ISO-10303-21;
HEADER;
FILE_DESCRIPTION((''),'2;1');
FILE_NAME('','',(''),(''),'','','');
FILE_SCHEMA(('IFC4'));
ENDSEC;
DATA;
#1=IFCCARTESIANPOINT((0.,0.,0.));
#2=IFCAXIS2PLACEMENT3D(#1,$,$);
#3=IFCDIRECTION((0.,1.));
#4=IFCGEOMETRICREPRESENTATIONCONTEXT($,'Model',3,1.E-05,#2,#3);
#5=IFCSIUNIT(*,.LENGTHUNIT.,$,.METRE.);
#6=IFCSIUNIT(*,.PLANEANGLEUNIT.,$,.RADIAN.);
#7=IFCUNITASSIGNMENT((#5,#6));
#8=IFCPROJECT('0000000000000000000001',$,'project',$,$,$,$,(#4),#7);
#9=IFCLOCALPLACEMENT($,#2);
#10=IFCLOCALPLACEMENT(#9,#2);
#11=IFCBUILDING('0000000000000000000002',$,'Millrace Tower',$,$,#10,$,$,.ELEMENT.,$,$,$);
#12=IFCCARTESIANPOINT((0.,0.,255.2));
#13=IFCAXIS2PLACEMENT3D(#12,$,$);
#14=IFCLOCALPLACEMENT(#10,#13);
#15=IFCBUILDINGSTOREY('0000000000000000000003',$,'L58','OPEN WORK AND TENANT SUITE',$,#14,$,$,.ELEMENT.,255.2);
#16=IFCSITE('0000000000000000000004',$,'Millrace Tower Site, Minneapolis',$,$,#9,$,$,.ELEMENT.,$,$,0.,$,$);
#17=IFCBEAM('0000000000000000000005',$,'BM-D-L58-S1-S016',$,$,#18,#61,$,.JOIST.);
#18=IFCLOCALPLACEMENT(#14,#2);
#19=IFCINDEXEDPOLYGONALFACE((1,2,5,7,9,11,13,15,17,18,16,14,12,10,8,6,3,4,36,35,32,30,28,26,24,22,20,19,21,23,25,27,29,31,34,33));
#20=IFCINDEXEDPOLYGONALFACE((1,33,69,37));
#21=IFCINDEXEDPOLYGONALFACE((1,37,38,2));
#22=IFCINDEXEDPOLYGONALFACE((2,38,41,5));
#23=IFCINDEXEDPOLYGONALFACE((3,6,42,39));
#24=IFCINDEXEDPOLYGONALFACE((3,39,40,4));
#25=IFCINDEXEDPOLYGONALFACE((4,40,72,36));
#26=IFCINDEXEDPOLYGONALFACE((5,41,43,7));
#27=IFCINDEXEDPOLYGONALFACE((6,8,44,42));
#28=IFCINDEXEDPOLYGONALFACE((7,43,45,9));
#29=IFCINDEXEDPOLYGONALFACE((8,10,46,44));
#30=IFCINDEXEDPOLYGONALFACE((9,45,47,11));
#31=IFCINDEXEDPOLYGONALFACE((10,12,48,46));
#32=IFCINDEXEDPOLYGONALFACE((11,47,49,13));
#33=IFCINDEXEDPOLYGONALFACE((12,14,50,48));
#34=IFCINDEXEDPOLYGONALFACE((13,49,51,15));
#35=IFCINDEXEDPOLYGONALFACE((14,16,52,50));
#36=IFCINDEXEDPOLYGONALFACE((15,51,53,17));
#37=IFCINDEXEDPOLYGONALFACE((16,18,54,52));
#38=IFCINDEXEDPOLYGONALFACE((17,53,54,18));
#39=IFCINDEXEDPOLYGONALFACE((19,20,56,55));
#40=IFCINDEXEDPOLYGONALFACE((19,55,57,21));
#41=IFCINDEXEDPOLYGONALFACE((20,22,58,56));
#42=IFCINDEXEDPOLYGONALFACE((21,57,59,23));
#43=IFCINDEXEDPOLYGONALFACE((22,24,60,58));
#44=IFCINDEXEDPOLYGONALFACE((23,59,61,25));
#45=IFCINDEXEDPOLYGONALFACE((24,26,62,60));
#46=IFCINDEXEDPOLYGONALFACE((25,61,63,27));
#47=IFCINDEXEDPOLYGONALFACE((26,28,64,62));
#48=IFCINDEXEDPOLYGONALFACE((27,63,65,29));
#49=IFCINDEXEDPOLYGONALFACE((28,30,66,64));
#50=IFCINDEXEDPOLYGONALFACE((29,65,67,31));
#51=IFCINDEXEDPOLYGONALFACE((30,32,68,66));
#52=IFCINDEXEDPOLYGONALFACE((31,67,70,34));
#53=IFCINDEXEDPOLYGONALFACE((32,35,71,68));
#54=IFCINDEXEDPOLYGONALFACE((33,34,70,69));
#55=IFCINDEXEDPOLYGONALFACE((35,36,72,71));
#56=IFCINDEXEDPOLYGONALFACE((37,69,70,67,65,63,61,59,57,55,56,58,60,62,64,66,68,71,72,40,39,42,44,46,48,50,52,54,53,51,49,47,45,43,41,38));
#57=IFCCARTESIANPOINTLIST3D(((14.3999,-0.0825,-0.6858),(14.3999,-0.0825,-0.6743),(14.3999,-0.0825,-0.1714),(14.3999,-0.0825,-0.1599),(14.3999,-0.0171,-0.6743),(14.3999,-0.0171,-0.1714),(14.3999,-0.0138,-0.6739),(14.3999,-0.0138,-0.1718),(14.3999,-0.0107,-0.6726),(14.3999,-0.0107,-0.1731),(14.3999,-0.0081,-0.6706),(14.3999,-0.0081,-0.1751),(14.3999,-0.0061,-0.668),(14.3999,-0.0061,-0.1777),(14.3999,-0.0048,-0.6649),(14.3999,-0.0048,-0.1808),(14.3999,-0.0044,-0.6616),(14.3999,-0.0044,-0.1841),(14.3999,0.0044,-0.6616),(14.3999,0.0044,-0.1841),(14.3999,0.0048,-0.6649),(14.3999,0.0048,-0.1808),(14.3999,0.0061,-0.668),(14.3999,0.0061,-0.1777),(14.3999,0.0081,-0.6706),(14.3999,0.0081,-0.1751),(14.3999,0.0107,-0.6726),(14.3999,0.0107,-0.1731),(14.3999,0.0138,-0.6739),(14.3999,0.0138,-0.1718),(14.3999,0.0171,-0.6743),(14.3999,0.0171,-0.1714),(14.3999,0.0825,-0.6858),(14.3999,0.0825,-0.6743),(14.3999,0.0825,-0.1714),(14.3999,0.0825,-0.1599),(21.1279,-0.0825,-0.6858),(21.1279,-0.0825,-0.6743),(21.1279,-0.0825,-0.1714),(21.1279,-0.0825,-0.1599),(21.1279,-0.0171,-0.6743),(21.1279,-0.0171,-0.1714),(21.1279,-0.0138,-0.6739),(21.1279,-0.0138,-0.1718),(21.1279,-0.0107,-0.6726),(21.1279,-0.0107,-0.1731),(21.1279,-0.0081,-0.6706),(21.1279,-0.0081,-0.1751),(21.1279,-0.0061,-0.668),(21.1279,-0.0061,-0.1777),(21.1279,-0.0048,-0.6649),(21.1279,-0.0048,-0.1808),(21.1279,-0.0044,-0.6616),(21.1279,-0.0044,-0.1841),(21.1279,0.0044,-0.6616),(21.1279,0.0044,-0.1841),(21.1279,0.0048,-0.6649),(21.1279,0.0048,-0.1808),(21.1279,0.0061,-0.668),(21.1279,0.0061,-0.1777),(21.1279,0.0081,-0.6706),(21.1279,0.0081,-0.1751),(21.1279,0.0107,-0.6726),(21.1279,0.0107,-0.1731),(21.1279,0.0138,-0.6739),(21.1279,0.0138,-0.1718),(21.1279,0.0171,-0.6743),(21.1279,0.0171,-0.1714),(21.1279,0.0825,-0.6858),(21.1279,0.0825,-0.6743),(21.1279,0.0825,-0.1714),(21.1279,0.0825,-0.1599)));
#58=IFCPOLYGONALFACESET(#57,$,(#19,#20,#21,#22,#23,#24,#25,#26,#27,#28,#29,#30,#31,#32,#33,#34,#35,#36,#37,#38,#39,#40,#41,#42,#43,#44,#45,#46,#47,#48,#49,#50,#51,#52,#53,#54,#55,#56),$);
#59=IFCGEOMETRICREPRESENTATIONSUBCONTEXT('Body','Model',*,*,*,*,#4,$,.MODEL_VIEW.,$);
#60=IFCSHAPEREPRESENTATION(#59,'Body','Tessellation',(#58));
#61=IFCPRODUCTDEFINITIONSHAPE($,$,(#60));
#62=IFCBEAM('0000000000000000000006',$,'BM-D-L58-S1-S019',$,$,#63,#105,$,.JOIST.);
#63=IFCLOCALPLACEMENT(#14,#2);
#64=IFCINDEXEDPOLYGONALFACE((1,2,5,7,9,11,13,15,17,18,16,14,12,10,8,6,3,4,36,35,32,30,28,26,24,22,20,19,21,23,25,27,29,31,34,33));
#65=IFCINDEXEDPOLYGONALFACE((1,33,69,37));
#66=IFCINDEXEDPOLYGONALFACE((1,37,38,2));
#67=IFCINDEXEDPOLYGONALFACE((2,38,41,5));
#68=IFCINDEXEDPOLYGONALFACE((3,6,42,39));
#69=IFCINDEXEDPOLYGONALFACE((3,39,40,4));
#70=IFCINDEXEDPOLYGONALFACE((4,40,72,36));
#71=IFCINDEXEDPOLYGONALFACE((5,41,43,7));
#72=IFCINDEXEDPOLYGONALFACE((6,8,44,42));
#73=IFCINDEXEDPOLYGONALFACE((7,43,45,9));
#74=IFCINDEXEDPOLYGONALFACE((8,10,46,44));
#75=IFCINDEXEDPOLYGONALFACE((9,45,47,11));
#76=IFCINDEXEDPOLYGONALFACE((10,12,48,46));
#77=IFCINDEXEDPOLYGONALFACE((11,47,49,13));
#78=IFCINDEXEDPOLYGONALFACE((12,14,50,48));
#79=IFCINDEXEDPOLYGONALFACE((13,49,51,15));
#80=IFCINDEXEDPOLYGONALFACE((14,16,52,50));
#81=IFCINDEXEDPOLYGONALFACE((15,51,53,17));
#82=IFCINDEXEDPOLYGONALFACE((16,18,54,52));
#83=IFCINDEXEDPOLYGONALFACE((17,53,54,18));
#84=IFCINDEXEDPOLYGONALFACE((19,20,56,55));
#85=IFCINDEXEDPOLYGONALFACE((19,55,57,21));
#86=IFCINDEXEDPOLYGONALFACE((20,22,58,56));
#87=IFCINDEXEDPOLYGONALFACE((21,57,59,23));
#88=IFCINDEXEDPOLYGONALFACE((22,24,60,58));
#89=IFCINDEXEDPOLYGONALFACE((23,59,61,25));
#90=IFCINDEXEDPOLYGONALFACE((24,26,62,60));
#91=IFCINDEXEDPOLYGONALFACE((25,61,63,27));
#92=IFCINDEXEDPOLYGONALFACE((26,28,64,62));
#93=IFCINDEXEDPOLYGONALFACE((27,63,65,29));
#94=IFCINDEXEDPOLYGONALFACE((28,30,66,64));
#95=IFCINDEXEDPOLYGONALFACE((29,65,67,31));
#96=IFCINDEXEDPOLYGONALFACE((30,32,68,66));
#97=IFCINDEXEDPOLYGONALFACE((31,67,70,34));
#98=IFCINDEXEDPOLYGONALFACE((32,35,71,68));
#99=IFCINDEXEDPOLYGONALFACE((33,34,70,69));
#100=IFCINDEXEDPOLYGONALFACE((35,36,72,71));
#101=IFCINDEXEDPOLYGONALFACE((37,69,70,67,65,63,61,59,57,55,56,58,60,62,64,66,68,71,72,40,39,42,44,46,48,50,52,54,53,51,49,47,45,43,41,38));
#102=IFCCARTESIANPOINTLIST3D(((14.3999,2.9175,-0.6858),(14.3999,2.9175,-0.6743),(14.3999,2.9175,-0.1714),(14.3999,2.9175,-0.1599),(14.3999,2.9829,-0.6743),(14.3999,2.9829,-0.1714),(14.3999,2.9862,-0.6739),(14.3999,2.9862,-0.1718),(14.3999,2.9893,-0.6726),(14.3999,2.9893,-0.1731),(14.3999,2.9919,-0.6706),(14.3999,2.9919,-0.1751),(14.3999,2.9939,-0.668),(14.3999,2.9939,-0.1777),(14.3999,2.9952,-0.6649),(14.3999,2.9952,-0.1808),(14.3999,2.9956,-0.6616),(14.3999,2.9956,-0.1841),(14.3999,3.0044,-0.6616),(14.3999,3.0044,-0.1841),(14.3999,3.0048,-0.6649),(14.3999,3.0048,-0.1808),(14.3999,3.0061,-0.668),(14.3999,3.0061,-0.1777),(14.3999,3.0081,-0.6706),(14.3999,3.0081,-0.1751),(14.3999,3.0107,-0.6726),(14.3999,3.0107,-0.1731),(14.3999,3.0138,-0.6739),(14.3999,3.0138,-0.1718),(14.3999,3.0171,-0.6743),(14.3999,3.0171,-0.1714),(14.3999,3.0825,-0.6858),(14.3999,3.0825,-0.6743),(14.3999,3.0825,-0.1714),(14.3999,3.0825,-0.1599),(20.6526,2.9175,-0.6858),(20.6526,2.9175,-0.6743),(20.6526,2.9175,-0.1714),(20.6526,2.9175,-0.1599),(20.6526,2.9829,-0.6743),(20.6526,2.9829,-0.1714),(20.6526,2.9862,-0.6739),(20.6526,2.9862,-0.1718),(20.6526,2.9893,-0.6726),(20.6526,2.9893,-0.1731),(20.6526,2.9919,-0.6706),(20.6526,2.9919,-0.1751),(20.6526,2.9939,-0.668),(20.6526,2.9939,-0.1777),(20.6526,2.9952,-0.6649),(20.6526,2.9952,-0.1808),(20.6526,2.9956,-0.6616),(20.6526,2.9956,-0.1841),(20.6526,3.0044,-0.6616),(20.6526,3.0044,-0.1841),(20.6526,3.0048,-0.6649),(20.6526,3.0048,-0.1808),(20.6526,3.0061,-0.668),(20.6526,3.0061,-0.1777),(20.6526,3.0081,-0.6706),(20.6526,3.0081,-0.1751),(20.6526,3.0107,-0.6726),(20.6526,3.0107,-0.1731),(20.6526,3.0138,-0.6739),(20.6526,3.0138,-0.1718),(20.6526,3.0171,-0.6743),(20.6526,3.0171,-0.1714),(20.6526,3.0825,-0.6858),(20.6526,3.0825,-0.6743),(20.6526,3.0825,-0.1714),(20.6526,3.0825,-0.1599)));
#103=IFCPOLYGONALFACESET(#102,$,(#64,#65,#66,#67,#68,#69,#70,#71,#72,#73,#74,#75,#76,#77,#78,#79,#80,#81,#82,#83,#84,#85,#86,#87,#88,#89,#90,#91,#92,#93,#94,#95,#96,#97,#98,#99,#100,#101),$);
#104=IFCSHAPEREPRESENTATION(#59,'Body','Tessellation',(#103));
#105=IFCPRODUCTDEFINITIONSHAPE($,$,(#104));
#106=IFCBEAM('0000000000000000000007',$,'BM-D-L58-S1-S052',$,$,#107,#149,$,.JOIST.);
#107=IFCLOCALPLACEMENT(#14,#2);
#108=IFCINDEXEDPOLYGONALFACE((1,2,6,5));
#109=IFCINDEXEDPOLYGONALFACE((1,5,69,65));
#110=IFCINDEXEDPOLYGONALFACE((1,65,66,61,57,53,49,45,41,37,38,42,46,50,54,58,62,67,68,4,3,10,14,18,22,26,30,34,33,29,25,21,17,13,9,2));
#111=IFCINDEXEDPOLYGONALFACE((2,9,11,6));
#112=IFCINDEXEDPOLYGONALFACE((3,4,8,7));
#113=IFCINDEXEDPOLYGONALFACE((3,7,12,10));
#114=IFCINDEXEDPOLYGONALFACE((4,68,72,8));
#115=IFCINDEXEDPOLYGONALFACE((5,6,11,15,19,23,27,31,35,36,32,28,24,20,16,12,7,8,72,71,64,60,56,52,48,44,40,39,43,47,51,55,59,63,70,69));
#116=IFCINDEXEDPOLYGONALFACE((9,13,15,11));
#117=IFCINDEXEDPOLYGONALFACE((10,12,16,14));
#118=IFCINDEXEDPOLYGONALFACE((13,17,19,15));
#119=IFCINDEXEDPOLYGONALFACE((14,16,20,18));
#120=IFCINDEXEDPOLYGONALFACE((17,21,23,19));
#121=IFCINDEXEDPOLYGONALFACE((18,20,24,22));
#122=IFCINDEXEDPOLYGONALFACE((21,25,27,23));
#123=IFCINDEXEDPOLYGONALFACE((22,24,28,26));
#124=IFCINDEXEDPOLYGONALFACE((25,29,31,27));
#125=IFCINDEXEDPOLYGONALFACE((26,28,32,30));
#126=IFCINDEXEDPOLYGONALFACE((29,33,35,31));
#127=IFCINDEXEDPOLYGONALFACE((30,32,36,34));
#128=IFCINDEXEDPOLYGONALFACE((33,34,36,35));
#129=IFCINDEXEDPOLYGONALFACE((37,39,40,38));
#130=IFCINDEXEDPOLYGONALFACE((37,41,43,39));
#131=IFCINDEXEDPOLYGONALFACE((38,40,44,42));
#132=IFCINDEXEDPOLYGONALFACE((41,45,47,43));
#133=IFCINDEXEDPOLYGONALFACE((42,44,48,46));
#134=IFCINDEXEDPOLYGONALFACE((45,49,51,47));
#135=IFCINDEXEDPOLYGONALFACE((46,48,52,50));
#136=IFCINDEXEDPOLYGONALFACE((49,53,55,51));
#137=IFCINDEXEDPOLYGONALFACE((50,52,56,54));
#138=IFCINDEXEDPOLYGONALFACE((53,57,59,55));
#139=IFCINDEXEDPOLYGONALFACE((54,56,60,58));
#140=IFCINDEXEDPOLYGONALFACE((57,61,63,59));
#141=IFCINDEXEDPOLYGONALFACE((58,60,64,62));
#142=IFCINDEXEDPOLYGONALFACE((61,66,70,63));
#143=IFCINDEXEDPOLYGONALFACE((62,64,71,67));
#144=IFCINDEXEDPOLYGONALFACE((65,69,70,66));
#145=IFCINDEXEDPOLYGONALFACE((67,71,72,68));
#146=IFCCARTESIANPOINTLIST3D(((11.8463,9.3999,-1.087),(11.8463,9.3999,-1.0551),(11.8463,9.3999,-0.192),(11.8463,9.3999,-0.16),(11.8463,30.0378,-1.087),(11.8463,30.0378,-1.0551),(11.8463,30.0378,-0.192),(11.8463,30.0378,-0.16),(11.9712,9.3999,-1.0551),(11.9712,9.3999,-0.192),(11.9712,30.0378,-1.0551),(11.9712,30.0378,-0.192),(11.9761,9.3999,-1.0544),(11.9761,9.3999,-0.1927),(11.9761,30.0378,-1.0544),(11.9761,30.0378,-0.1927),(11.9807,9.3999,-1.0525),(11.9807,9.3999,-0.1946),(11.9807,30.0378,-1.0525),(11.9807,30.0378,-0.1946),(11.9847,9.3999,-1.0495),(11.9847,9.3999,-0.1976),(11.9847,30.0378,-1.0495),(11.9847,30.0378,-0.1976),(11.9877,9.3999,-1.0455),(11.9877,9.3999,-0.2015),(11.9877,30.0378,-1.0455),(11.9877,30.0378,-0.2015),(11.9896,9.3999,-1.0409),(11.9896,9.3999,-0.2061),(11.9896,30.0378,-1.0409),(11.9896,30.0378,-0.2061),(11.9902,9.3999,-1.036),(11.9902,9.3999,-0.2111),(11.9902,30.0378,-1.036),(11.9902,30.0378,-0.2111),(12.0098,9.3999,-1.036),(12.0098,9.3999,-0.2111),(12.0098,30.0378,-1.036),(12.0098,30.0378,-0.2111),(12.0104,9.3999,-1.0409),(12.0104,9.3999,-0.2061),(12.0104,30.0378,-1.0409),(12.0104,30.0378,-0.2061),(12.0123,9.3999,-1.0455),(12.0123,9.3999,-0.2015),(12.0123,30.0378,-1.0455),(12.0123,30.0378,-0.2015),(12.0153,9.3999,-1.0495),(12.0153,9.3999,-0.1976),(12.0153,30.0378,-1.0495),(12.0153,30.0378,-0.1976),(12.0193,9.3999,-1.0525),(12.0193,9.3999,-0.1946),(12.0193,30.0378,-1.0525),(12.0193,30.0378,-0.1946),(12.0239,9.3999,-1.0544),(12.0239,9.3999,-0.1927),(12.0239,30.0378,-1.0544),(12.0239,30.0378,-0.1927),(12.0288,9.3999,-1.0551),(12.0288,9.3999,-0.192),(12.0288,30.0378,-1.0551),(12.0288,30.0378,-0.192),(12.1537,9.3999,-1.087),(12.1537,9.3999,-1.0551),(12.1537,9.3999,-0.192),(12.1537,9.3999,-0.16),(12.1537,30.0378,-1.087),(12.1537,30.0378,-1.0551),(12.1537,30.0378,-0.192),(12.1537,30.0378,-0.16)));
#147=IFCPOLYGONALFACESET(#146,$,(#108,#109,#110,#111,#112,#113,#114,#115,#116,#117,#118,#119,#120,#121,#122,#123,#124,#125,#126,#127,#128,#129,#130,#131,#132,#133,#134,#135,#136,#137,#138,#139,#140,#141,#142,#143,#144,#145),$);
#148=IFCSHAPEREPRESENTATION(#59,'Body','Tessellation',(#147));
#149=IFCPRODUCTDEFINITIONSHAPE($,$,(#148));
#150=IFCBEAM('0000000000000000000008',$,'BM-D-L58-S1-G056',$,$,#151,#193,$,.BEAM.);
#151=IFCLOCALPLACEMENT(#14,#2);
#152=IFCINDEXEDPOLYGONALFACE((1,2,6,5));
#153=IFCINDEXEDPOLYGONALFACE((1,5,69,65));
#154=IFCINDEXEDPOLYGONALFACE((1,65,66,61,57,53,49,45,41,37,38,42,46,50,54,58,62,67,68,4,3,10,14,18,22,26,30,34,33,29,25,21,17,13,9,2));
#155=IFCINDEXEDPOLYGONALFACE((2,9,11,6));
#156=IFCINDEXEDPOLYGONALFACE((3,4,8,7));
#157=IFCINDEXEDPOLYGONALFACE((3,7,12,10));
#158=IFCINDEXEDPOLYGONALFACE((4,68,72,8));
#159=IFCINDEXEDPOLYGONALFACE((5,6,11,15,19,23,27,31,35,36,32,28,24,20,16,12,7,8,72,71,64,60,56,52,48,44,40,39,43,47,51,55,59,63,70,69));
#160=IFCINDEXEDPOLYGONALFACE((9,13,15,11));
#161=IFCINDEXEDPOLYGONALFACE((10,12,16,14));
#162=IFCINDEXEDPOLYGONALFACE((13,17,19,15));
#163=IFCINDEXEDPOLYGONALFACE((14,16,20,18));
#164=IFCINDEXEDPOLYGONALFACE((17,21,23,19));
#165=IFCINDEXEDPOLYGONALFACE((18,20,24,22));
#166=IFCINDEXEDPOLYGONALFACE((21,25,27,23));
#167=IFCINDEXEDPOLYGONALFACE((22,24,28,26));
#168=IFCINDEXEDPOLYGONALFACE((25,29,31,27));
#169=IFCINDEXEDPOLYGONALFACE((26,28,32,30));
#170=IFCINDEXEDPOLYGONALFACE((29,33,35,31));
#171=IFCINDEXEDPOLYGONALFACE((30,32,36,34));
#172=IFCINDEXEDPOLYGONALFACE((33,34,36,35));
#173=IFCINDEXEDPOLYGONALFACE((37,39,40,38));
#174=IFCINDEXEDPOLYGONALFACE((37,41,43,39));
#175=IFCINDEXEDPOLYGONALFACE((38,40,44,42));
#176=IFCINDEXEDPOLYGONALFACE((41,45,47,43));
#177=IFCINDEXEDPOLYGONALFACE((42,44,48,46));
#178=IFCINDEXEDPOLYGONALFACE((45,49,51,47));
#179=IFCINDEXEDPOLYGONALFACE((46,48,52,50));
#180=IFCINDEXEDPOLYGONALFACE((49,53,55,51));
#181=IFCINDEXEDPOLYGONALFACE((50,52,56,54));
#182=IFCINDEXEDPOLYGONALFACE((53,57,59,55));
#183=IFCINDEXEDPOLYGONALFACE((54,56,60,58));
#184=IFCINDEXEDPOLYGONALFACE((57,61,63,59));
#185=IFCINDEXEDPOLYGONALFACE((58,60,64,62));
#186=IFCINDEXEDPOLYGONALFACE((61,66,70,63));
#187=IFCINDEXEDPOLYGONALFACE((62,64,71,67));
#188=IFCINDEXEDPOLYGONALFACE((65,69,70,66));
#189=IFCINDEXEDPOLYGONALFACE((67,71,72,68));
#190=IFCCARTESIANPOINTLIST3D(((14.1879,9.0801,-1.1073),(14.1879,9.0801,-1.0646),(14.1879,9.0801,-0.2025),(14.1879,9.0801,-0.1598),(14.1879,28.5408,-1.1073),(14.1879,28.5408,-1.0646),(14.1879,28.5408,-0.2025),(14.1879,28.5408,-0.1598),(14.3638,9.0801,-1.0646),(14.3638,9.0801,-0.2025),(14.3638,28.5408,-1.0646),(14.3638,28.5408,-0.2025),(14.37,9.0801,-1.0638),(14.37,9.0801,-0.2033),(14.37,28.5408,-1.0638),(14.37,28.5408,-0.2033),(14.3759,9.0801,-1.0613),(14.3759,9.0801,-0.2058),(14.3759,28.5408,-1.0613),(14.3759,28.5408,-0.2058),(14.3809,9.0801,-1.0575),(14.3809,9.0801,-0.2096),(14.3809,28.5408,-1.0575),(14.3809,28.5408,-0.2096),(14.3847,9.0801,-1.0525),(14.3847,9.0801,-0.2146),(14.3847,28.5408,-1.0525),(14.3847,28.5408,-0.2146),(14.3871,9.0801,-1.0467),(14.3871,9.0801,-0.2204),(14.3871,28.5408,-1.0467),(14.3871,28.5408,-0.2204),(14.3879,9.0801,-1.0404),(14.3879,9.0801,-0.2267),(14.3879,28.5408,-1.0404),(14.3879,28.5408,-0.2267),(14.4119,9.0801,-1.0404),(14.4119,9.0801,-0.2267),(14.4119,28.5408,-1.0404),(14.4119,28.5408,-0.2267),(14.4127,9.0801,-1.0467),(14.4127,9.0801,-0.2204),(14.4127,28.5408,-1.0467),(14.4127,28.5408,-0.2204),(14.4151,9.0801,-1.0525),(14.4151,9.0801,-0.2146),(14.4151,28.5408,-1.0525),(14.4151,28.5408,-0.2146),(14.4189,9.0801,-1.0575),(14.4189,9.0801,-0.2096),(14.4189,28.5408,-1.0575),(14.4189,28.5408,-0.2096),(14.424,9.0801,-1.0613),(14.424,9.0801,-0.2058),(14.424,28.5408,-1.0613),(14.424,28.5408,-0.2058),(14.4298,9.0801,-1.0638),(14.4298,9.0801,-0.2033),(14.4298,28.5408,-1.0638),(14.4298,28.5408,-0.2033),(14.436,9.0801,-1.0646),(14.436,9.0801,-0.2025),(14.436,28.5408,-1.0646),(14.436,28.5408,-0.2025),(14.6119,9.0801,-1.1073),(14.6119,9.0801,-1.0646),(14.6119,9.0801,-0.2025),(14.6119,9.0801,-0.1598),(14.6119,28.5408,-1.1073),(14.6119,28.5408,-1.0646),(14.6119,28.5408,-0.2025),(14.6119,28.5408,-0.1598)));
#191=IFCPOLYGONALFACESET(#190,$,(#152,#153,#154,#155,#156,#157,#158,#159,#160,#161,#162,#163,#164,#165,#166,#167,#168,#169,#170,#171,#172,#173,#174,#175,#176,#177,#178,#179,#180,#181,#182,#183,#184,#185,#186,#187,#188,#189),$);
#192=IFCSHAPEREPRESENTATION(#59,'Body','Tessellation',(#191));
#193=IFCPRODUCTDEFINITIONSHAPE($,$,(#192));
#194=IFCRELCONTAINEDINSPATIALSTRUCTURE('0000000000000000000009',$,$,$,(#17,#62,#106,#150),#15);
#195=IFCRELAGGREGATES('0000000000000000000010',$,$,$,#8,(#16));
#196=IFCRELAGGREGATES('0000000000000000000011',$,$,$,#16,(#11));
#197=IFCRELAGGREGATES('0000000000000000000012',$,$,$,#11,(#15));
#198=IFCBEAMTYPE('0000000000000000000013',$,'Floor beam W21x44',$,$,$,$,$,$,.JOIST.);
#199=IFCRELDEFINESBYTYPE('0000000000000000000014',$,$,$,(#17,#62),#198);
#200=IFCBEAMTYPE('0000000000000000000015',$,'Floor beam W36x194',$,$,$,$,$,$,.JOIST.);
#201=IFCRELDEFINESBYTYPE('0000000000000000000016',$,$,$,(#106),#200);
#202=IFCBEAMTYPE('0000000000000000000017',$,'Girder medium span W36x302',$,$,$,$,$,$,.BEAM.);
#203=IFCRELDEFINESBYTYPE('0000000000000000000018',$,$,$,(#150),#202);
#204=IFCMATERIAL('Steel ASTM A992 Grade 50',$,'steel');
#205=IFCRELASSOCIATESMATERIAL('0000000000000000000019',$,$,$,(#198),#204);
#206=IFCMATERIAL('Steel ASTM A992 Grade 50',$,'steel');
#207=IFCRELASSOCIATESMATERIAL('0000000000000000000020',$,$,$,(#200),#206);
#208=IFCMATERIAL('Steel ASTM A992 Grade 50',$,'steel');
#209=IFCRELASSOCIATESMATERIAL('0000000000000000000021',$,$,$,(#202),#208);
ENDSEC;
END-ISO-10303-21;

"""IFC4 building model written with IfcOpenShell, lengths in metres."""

from ifc_helpers import new_model, si_unit, direction, frame, origin, origin_2d, place, context, subcontext, project, spatial, i_section, extrude, material, material_profile, profile_set, type_object, element, save


model = new_model("IFC4")

# Units and contexts
model_context = context("Model", 3, precision=1e-05, world=origin(), true_north=direction((0.0, 1.0)))
body_context = subcontext(model_context, "Body", "Model", "MODEL_VIEW")
ifc_project = project(units=[si_unit("LENGTHUNIT", "METRE"), si_unit("PLANEANGLEUNIT", "RADIAN")], contexts=[model_context])

# Site, building, storey
site_placement = place(None, origin())
site = spatial("IfcSite", under=ifc_project, at=site_placement, Name="Millrace Tower Site, Minneapolis", CompositionType="ELEMENT", RefElevation=0.0)
building_placement = place(site_placement, origin())
building = spatial("IfcBuilding", under=site, at=building_placement, Name="Millrace Tower", CompositionType="ELEMENT")
storey_placement = place(building_placement, frame((0.0, 0.0, 255.2)))
storey = spatial("IfcBuildingStorey", under=building, at=storey_placement, Name="L58", Description="OPEN WORK AND TENANT SUITE", CompositionType="ELEMENT", Elevation=255.2)

# Beams
ifc_material_1 = material(Name="Steel ASTM A992 Grade 50", Category="steel")
ifc_material_profile_1 = material_profile(ifc_material_1, i_section(OverallWidth=0.165, OverallDepth=0.5259, WebThickness=0.0088, FlangeThickness=0.0115, FilletRadius=0.0127, at=origin_2d()))
ifc_profile_set_1 = profile_set([ifc_material_profile_1], Name="Steel ASTM A992 Grade 50")
beam_type_1 = type_object("IfcBeamType", Name="Floor beam W21x44", PredefinedType="JOIST", material=ifc_profile_set_1)
beam_1_placement = place(storey_placement, frame((14.3999, 0.0, -0.4229), z_axis=(1.0, 0.0, 0.0), x_axis=(0.0, 1.0, 0.0)))
element("IfcBeam", 1, at=beam_1_placement, inside=storey, type_object=beam_type_1, Name="BM-D-L58-S1-S016", PredefinedType="JOIST", context=body_context, shape_type="SweptSolid", body=[
    extrude(i_section(OverallWidth=0.165, OverallDepth=0.5259, WebThickness=0.0088, FlangeThickness=0.0115, FilletRadius=0.0127, at=origin_2d()), origin(), (0.0, 0.0, 1.0), 6.728),
])
beam_2_placement = place(storey_placement, frame((14.3999, 3.0, -0.4229), z_axis=(1.0, 0.0, 0.0), x_axis=(0.0, 1.0, 0.0)))
element("IfcBeam", 2, at=beam_2_placement, inside=storey, type_object=beam_type_1, Name="BM-D-L58-S1-S019", PredefinedType="JOIST", context=body_context, shape_type="SweptSolid", body=[
    extrude(i_section(OverallWidth=0.165, OverallDepth=0.5259, WebThickness=0.0088, FlangeThickness=0.0115, FilletRadius=0.0127, at=origin_2d()), origin(), (0.0, 0.0, 1.0), 6.2527),
])
ifc_material_2 = material(Name="Steel ASTM A992 Grade 50", Category="steel")
ifc_material_profile_2 = material_profile(ifc_material_2, i_section(OverallWidth=0.3074, OverallDepth=0.927, WebThickness=0.0195, FlangeThickness=0.032, FilletRadius=0.019, at=origin_2d()))
ifc_profile_set_2 = profile_set([ifc_material_profile_2], Name="Steel ASTM A992 Grade 50")
beam_type_2 = type_object("IfcBeamType", Name="Floor beam W36x194", PredefinedType="JOIST", material=ifc_profile_set_2)
beam_3_placement = place(storey_placement, frame((12.0, 9.3999, -0.6235), z_axis=(0.0, 1.0, 0.0), x_axis=(-1.0, 0.0, 0.0)))
element("IfcBeam", 3, at=beam_3_placement, inside=storey, type_object=beam_type_2, Name="BM-D-L58-S1-S052", PredefinedType="JOIST", context=body_context, shape_type="SweptSolid", body=[
    extrude(i_section(OverallWidth=0.3074, OverallDepth=0.927, WebThickness=0.0195, FlangeThickness=0.032, FilletRadius=0.019, at=origin_2d()), origin(), (0.0, 0.0, 1.0), 20.6379),
])
ifc_material_3 = material(Name="Steel ASTM A992 Grade 50", Category="steel")
ifc_material_profile_3 = material_profile(ifc_material_3, i_section(OverallWidth=0.4241, OverallDepth=0.9475, WebThickness=0.0239, FlangeThickness=0.0427, FilletRadius=0.0242, at=origin_2d()))
ifc_profile_set_3 = profile_set([ifc_material_profile_3], Name="Steel ASTM A992 Grade 50")
beam_type_3 = type_object("IfcBeamType", Name="Girder medium span W36x302", PredefinedType="BEAM", material=ifc_profile_set_3)
beam_4_placement = place(storey_placement, frame((14.3999, 9.0801, -0.6335), z_axis=(0.0, 1.0, 0.0), x_axis=(-1.0, 0.0, 0.0)))
element("IfcBeam", 4, at=beam_4_placement, inside=storey, type_object=beam_type_3, Name="BM-D-L58-S1-G056", PredefinedType="BEAM", context=body_context, shape_type="SweptSolid", body=[
    extrude(i_section(OverallWidth=0.4241, OverallDepth=0.9475, WebThickness=0.0239, FlangeThickness=0.0427, FilletRadius=0.0242, at=origin_2d()), origin(), (0.0, 0.0, 1.0), 19.4607),
])

save(model, "model.ifc")
